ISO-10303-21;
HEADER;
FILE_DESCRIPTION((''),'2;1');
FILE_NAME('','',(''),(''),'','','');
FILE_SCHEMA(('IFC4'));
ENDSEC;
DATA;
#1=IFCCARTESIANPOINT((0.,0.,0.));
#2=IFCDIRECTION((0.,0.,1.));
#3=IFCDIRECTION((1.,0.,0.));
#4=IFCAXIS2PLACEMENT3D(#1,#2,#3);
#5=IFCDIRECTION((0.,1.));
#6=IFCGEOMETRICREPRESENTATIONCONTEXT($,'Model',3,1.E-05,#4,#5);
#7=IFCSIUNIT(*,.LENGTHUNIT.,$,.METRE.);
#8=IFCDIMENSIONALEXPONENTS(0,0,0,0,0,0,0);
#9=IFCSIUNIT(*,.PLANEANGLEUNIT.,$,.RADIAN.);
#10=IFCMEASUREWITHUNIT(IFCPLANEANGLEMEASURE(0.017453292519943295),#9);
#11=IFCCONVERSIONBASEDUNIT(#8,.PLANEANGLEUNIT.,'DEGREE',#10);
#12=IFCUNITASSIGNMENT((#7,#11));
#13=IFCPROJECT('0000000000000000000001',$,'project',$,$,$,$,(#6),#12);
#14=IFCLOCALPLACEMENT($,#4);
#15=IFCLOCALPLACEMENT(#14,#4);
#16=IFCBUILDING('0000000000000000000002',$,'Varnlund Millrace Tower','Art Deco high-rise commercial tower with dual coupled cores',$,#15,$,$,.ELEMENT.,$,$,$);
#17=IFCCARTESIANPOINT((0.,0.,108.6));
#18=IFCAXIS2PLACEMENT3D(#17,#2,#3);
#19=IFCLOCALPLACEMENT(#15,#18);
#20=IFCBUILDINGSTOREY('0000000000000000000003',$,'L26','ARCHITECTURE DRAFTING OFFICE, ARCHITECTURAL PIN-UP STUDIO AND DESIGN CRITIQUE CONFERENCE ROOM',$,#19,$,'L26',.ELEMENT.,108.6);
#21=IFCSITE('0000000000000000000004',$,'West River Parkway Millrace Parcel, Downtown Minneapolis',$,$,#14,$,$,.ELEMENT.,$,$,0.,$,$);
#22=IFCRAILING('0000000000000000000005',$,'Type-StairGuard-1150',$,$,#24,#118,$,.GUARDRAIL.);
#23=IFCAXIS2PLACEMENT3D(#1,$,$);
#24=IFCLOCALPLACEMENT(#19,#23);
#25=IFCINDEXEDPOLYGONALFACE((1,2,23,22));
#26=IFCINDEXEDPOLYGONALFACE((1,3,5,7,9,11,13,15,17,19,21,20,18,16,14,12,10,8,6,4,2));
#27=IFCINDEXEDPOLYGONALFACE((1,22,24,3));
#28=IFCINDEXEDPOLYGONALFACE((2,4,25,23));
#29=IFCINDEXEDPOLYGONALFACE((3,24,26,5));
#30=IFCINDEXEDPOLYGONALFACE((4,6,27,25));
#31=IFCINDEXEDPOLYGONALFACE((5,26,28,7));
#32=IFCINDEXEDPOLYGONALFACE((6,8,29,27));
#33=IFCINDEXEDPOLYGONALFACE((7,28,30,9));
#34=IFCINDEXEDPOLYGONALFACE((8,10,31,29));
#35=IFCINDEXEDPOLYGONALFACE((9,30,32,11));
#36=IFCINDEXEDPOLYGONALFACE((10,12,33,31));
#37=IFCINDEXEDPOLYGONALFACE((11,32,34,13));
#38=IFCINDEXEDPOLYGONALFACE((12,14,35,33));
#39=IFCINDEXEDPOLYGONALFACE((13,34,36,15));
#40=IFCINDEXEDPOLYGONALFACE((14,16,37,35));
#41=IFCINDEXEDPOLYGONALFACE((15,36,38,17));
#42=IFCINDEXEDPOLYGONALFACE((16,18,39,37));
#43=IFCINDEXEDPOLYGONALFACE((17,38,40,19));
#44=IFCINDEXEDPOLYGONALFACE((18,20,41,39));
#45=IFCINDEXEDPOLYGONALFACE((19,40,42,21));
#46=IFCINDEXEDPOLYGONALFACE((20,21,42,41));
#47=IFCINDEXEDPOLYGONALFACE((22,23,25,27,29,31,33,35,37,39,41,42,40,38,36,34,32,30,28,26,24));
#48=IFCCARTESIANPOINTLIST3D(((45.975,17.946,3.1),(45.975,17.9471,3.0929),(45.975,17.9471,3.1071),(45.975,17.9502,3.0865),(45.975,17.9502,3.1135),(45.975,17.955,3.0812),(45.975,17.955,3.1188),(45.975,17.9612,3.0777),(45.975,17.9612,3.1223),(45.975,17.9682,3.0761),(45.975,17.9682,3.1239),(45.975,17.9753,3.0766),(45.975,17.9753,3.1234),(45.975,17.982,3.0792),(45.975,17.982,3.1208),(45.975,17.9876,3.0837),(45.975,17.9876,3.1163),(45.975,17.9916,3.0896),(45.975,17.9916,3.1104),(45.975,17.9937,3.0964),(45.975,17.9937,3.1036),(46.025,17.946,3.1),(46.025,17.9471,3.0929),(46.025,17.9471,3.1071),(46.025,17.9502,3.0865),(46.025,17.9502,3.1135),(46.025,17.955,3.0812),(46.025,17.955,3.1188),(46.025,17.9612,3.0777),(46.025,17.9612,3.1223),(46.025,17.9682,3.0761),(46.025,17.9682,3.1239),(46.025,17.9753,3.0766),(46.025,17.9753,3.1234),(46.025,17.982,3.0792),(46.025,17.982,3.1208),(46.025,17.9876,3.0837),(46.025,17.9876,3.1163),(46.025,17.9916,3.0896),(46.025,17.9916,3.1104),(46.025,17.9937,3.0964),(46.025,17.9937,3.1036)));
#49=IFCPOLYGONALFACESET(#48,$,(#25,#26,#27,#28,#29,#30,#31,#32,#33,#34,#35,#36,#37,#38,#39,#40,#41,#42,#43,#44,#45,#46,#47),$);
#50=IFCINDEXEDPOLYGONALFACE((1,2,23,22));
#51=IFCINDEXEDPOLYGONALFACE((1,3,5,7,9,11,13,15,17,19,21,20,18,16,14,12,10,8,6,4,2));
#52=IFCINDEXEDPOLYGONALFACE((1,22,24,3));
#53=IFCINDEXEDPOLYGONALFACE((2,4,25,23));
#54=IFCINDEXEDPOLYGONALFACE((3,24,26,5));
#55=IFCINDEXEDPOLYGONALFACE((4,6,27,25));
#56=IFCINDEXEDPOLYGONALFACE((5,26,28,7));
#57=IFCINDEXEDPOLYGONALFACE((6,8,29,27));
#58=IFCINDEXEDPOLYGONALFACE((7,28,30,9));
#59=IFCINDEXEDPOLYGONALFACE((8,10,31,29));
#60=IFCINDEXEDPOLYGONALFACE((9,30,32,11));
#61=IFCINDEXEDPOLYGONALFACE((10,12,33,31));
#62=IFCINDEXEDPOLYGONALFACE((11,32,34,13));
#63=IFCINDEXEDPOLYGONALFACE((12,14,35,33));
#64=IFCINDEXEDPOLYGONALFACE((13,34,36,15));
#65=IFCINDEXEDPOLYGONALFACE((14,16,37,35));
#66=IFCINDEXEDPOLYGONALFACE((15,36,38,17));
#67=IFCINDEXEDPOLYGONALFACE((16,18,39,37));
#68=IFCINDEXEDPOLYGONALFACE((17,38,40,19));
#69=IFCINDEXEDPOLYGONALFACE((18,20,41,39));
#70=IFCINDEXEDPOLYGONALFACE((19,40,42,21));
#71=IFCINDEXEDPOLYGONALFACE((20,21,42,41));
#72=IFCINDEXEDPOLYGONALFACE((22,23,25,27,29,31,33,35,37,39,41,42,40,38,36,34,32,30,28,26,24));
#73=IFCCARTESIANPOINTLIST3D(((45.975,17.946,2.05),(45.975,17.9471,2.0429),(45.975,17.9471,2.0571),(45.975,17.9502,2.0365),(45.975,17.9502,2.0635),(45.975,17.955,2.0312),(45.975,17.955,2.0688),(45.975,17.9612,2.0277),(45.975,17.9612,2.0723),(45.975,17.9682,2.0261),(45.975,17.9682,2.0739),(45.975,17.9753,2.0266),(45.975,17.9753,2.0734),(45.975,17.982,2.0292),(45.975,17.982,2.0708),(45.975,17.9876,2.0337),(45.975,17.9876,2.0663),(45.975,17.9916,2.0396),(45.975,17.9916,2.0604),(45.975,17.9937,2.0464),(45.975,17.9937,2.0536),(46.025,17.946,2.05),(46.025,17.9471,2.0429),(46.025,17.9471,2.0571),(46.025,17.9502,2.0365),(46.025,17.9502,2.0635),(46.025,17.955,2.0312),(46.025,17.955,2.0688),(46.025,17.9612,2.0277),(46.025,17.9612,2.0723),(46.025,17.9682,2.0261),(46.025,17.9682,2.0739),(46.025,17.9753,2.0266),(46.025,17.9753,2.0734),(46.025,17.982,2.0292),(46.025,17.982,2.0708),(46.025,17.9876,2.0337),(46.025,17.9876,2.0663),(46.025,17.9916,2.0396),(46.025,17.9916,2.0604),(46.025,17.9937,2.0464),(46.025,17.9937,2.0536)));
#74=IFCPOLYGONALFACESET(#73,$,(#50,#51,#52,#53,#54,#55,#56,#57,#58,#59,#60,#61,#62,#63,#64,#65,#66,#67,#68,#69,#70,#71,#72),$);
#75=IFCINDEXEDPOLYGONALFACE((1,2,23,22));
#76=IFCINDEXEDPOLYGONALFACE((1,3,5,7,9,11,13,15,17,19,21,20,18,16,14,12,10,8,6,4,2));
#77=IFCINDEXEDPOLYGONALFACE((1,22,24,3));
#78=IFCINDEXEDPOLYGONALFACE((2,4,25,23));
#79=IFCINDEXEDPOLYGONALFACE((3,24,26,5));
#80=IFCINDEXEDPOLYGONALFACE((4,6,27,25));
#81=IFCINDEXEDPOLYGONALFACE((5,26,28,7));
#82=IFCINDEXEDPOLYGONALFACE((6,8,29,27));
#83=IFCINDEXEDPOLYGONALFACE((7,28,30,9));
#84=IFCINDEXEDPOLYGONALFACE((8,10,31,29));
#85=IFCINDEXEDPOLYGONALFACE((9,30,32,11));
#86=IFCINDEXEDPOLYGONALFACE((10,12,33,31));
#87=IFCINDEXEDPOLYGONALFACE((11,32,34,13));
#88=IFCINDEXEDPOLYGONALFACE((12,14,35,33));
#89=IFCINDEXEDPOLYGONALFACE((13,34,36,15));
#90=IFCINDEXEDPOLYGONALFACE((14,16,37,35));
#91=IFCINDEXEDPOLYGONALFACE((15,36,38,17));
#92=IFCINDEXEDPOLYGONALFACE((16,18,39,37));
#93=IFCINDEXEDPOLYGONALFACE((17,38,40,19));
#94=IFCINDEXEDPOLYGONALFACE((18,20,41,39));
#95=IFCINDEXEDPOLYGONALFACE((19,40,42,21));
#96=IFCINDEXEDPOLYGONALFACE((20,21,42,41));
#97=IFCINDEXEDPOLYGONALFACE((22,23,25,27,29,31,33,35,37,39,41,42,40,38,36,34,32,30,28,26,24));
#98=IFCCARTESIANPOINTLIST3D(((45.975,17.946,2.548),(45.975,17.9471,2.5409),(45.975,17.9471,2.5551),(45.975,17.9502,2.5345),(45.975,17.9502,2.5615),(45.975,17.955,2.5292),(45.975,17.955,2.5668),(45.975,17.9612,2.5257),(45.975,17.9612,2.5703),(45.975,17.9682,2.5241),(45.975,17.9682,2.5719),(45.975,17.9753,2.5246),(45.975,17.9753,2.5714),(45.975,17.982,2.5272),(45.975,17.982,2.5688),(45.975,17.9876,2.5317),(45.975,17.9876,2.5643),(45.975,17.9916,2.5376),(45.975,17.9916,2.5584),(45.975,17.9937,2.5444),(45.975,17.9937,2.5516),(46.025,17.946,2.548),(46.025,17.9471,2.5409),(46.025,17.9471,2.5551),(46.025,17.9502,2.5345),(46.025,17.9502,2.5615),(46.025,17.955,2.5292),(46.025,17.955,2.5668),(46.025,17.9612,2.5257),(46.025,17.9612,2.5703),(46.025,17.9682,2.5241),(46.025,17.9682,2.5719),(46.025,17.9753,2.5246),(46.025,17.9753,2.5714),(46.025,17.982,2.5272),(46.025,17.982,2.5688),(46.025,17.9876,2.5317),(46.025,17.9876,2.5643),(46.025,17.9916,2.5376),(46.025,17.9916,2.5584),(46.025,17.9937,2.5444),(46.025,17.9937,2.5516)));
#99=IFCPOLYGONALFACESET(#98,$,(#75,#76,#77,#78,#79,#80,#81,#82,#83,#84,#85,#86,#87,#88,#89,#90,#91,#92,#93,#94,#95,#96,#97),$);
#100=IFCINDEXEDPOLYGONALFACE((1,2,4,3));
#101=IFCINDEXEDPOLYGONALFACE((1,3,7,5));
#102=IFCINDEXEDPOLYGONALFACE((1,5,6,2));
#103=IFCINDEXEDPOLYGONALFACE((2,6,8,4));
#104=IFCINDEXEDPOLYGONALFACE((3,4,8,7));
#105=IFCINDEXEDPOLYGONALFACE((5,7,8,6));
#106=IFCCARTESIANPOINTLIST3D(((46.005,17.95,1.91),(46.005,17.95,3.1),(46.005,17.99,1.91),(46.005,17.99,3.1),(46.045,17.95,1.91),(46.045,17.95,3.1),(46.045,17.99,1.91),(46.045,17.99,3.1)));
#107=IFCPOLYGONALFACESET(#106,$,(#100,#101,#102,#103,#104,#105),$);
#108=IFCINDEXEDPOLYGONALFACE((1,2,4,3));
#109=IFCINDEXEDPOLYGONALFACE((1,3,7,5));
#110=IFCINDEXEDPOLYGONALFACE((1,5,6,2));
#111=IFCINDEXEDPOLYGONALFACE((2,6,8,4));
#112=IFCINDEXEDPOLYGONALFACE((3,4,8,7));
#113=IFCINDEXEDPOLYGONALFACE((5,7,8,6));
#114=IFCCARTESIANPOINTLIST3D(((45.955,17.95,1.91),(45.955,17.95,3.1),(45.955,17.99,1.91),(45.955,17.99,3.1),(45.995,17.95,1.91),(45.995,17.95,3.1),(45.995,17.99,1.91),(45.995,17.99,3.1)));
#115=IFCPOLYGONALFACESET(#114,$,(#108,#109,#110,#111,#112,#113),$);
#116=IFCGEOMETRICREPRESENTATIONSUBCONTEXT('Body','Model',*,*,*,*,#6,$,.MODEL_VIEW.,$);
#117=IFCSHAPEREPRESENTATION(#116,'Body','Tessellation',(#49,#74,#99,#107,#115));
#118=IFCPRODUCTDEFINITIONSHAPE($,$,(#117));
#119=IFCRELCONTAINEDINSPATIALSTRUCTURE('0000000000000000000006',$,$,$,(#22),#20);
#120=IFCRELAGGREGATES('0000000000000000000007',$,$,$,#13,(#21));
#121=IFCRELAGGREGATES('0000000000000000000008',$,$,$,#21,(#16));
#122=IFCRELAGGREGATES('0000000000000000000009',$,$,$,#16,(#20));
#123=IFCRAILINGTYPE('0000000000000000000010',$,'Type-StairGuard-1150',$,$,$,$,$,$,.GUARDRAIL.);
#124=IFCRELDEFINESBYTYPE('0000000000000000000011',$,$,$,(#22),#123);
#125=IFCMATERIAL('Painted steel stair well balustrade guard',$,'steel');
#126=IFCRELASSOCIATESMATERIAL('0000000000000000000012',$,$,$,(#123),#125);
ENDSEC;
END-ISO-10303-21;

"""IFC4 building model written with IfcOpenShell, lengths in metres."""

from ifc_helpers import new_model, entity, si_unit, converted_unit, direction, frame, origin_with_axes, origin_2d_with_axis, place, context, subcontext, project, spatial, rectangle, circle, extrude, material, type_object, element, save


model = new_model("IFC4")

# Units and contexts
model_context = context("Model", 3, precision=1e-05, world=origin_with_axes(), true_north=direction((0.0, 1.0)))
body_context = subcontext(model_context, "Body", "Model", "MODEL_VIEW")
ifc_project = project(units=[si_unit("LENGTHUNIT", "METRE"), converted_unit("PLANEANGLEUNIT", "DEGREE", entity("IfcPlaneAngleMeasure", 0.017453292519943295), si_unit("PLANEANGLEUNIT", "RADIAN"), dimensions=[0, 0, 0, 0, 0, 0, 0])], contexts=[model_context])

# Site, building, storey
site_placement = place(None, origin_with_axes())
site = spatial("IfcSite", under=ifc_project, at=site_placement, Name="West River Parkway Millrace Parcel, Downtown Minneapolis", CompositionType="ELEMENT", RefElevation=0.0)
building_placement = place(site_placement, origin_with_axes())
building = spatial("IfcBuilding", under=site, at=building_placement, Name="Varnlund Millrace Tower", Description="Art Deco high-rise commercial tower with dual coupled cores", CompositionType="ELEMENT")
storey_placement = place(building_placement, frame((0.0, 0.0, 108.6), z_axis=(0.0, 0.0, 1.0), x_axis=(1.0, 0.0, 0.0)))
storey = spatial("IfcBuildingStorey", under=building, at=storey_placement, Name="L26", Description="ARCHITECTURE DRAFTING OFFICE, ARCHITECTURAL PIN-UP STUDIO AND DESIGN CRITIQUE CONFERENCE ROOM", LongName="L26", CompositionType="ELEMENT", Elevation=108.6)

# Railing
ifc_material_1 = material(Name="Painted steel stair well balustrade guard", Category="steel")
railing_type_1 = type_object("IfcRailingType", Name="Type-StairGuard-1150", PredefinedType="GUARDRAIL", material=ifc_material_1)
railing_1_placement = place(storey_placement, frame((0.0, 0.0, -108.6), z_axis=(0.0, 0.0, 1.0), x_axis=(1.0, 0.0, 0.0)))
element("IfcRailing", 1, at=railing_1_placement, inside=storey, type_object=railing_type_1, Name="Type-StairGuard-1150", PredefinedType="GUARDRAIL", context=body_context, shape_type="SweptSolid", body=[
    extrude(circle(Radius=0.024, at=origin_2d_with_axis()), frame((46.025, 17.97, 111.7), z_axis=(-1.0, 0.0, 0.0), x_axis=(0.0, -1.0, 0.0)), (0.0, 0.0, 1.0), 0.05),
    extrude(circle(Radius=0.024, at=origin_2d_with_axis()), frame((46.025, 17.97, 110.65), z_axis=(-1.0, 0.0, 0.0), x_axis=(0.0, -1.0, 0.0)), (0.0, 0.0, 1.0), 0.05),
    extrude(circle(Radius=0.024, at=origin_2d_with_axis()), frame((46.025, 17.97, 111.148), z_axis=(-1.0, 0.0, 0.0), x_axis=(0.0, -1.0, 0.0)), (0.0, 0.0, 1.0), 0.05),
    extrude(rectangle(XDim=0.04, YDim=0.04, at=origin_2d_with_axis()), frame((46.025, 17.97, 110.51), z_axis=(0.0, 0.0, 1.0), x_axis=(1.0, 0.0, 0.0)), (0.0, 0.0, 1.0), 1.19),
    extrude(rectangle(XDim=0.04, YDim=0.04, at=origin_2d_with_axis()), frame((45.975, 17.97, 110.51), z_axis=(0.0, 0.0, 1.0), x_axis=(1.0, 0.0, 0.0)), (0.0, 0.0, 1.0), 1.19),
])

save(model, "model.ifc")
